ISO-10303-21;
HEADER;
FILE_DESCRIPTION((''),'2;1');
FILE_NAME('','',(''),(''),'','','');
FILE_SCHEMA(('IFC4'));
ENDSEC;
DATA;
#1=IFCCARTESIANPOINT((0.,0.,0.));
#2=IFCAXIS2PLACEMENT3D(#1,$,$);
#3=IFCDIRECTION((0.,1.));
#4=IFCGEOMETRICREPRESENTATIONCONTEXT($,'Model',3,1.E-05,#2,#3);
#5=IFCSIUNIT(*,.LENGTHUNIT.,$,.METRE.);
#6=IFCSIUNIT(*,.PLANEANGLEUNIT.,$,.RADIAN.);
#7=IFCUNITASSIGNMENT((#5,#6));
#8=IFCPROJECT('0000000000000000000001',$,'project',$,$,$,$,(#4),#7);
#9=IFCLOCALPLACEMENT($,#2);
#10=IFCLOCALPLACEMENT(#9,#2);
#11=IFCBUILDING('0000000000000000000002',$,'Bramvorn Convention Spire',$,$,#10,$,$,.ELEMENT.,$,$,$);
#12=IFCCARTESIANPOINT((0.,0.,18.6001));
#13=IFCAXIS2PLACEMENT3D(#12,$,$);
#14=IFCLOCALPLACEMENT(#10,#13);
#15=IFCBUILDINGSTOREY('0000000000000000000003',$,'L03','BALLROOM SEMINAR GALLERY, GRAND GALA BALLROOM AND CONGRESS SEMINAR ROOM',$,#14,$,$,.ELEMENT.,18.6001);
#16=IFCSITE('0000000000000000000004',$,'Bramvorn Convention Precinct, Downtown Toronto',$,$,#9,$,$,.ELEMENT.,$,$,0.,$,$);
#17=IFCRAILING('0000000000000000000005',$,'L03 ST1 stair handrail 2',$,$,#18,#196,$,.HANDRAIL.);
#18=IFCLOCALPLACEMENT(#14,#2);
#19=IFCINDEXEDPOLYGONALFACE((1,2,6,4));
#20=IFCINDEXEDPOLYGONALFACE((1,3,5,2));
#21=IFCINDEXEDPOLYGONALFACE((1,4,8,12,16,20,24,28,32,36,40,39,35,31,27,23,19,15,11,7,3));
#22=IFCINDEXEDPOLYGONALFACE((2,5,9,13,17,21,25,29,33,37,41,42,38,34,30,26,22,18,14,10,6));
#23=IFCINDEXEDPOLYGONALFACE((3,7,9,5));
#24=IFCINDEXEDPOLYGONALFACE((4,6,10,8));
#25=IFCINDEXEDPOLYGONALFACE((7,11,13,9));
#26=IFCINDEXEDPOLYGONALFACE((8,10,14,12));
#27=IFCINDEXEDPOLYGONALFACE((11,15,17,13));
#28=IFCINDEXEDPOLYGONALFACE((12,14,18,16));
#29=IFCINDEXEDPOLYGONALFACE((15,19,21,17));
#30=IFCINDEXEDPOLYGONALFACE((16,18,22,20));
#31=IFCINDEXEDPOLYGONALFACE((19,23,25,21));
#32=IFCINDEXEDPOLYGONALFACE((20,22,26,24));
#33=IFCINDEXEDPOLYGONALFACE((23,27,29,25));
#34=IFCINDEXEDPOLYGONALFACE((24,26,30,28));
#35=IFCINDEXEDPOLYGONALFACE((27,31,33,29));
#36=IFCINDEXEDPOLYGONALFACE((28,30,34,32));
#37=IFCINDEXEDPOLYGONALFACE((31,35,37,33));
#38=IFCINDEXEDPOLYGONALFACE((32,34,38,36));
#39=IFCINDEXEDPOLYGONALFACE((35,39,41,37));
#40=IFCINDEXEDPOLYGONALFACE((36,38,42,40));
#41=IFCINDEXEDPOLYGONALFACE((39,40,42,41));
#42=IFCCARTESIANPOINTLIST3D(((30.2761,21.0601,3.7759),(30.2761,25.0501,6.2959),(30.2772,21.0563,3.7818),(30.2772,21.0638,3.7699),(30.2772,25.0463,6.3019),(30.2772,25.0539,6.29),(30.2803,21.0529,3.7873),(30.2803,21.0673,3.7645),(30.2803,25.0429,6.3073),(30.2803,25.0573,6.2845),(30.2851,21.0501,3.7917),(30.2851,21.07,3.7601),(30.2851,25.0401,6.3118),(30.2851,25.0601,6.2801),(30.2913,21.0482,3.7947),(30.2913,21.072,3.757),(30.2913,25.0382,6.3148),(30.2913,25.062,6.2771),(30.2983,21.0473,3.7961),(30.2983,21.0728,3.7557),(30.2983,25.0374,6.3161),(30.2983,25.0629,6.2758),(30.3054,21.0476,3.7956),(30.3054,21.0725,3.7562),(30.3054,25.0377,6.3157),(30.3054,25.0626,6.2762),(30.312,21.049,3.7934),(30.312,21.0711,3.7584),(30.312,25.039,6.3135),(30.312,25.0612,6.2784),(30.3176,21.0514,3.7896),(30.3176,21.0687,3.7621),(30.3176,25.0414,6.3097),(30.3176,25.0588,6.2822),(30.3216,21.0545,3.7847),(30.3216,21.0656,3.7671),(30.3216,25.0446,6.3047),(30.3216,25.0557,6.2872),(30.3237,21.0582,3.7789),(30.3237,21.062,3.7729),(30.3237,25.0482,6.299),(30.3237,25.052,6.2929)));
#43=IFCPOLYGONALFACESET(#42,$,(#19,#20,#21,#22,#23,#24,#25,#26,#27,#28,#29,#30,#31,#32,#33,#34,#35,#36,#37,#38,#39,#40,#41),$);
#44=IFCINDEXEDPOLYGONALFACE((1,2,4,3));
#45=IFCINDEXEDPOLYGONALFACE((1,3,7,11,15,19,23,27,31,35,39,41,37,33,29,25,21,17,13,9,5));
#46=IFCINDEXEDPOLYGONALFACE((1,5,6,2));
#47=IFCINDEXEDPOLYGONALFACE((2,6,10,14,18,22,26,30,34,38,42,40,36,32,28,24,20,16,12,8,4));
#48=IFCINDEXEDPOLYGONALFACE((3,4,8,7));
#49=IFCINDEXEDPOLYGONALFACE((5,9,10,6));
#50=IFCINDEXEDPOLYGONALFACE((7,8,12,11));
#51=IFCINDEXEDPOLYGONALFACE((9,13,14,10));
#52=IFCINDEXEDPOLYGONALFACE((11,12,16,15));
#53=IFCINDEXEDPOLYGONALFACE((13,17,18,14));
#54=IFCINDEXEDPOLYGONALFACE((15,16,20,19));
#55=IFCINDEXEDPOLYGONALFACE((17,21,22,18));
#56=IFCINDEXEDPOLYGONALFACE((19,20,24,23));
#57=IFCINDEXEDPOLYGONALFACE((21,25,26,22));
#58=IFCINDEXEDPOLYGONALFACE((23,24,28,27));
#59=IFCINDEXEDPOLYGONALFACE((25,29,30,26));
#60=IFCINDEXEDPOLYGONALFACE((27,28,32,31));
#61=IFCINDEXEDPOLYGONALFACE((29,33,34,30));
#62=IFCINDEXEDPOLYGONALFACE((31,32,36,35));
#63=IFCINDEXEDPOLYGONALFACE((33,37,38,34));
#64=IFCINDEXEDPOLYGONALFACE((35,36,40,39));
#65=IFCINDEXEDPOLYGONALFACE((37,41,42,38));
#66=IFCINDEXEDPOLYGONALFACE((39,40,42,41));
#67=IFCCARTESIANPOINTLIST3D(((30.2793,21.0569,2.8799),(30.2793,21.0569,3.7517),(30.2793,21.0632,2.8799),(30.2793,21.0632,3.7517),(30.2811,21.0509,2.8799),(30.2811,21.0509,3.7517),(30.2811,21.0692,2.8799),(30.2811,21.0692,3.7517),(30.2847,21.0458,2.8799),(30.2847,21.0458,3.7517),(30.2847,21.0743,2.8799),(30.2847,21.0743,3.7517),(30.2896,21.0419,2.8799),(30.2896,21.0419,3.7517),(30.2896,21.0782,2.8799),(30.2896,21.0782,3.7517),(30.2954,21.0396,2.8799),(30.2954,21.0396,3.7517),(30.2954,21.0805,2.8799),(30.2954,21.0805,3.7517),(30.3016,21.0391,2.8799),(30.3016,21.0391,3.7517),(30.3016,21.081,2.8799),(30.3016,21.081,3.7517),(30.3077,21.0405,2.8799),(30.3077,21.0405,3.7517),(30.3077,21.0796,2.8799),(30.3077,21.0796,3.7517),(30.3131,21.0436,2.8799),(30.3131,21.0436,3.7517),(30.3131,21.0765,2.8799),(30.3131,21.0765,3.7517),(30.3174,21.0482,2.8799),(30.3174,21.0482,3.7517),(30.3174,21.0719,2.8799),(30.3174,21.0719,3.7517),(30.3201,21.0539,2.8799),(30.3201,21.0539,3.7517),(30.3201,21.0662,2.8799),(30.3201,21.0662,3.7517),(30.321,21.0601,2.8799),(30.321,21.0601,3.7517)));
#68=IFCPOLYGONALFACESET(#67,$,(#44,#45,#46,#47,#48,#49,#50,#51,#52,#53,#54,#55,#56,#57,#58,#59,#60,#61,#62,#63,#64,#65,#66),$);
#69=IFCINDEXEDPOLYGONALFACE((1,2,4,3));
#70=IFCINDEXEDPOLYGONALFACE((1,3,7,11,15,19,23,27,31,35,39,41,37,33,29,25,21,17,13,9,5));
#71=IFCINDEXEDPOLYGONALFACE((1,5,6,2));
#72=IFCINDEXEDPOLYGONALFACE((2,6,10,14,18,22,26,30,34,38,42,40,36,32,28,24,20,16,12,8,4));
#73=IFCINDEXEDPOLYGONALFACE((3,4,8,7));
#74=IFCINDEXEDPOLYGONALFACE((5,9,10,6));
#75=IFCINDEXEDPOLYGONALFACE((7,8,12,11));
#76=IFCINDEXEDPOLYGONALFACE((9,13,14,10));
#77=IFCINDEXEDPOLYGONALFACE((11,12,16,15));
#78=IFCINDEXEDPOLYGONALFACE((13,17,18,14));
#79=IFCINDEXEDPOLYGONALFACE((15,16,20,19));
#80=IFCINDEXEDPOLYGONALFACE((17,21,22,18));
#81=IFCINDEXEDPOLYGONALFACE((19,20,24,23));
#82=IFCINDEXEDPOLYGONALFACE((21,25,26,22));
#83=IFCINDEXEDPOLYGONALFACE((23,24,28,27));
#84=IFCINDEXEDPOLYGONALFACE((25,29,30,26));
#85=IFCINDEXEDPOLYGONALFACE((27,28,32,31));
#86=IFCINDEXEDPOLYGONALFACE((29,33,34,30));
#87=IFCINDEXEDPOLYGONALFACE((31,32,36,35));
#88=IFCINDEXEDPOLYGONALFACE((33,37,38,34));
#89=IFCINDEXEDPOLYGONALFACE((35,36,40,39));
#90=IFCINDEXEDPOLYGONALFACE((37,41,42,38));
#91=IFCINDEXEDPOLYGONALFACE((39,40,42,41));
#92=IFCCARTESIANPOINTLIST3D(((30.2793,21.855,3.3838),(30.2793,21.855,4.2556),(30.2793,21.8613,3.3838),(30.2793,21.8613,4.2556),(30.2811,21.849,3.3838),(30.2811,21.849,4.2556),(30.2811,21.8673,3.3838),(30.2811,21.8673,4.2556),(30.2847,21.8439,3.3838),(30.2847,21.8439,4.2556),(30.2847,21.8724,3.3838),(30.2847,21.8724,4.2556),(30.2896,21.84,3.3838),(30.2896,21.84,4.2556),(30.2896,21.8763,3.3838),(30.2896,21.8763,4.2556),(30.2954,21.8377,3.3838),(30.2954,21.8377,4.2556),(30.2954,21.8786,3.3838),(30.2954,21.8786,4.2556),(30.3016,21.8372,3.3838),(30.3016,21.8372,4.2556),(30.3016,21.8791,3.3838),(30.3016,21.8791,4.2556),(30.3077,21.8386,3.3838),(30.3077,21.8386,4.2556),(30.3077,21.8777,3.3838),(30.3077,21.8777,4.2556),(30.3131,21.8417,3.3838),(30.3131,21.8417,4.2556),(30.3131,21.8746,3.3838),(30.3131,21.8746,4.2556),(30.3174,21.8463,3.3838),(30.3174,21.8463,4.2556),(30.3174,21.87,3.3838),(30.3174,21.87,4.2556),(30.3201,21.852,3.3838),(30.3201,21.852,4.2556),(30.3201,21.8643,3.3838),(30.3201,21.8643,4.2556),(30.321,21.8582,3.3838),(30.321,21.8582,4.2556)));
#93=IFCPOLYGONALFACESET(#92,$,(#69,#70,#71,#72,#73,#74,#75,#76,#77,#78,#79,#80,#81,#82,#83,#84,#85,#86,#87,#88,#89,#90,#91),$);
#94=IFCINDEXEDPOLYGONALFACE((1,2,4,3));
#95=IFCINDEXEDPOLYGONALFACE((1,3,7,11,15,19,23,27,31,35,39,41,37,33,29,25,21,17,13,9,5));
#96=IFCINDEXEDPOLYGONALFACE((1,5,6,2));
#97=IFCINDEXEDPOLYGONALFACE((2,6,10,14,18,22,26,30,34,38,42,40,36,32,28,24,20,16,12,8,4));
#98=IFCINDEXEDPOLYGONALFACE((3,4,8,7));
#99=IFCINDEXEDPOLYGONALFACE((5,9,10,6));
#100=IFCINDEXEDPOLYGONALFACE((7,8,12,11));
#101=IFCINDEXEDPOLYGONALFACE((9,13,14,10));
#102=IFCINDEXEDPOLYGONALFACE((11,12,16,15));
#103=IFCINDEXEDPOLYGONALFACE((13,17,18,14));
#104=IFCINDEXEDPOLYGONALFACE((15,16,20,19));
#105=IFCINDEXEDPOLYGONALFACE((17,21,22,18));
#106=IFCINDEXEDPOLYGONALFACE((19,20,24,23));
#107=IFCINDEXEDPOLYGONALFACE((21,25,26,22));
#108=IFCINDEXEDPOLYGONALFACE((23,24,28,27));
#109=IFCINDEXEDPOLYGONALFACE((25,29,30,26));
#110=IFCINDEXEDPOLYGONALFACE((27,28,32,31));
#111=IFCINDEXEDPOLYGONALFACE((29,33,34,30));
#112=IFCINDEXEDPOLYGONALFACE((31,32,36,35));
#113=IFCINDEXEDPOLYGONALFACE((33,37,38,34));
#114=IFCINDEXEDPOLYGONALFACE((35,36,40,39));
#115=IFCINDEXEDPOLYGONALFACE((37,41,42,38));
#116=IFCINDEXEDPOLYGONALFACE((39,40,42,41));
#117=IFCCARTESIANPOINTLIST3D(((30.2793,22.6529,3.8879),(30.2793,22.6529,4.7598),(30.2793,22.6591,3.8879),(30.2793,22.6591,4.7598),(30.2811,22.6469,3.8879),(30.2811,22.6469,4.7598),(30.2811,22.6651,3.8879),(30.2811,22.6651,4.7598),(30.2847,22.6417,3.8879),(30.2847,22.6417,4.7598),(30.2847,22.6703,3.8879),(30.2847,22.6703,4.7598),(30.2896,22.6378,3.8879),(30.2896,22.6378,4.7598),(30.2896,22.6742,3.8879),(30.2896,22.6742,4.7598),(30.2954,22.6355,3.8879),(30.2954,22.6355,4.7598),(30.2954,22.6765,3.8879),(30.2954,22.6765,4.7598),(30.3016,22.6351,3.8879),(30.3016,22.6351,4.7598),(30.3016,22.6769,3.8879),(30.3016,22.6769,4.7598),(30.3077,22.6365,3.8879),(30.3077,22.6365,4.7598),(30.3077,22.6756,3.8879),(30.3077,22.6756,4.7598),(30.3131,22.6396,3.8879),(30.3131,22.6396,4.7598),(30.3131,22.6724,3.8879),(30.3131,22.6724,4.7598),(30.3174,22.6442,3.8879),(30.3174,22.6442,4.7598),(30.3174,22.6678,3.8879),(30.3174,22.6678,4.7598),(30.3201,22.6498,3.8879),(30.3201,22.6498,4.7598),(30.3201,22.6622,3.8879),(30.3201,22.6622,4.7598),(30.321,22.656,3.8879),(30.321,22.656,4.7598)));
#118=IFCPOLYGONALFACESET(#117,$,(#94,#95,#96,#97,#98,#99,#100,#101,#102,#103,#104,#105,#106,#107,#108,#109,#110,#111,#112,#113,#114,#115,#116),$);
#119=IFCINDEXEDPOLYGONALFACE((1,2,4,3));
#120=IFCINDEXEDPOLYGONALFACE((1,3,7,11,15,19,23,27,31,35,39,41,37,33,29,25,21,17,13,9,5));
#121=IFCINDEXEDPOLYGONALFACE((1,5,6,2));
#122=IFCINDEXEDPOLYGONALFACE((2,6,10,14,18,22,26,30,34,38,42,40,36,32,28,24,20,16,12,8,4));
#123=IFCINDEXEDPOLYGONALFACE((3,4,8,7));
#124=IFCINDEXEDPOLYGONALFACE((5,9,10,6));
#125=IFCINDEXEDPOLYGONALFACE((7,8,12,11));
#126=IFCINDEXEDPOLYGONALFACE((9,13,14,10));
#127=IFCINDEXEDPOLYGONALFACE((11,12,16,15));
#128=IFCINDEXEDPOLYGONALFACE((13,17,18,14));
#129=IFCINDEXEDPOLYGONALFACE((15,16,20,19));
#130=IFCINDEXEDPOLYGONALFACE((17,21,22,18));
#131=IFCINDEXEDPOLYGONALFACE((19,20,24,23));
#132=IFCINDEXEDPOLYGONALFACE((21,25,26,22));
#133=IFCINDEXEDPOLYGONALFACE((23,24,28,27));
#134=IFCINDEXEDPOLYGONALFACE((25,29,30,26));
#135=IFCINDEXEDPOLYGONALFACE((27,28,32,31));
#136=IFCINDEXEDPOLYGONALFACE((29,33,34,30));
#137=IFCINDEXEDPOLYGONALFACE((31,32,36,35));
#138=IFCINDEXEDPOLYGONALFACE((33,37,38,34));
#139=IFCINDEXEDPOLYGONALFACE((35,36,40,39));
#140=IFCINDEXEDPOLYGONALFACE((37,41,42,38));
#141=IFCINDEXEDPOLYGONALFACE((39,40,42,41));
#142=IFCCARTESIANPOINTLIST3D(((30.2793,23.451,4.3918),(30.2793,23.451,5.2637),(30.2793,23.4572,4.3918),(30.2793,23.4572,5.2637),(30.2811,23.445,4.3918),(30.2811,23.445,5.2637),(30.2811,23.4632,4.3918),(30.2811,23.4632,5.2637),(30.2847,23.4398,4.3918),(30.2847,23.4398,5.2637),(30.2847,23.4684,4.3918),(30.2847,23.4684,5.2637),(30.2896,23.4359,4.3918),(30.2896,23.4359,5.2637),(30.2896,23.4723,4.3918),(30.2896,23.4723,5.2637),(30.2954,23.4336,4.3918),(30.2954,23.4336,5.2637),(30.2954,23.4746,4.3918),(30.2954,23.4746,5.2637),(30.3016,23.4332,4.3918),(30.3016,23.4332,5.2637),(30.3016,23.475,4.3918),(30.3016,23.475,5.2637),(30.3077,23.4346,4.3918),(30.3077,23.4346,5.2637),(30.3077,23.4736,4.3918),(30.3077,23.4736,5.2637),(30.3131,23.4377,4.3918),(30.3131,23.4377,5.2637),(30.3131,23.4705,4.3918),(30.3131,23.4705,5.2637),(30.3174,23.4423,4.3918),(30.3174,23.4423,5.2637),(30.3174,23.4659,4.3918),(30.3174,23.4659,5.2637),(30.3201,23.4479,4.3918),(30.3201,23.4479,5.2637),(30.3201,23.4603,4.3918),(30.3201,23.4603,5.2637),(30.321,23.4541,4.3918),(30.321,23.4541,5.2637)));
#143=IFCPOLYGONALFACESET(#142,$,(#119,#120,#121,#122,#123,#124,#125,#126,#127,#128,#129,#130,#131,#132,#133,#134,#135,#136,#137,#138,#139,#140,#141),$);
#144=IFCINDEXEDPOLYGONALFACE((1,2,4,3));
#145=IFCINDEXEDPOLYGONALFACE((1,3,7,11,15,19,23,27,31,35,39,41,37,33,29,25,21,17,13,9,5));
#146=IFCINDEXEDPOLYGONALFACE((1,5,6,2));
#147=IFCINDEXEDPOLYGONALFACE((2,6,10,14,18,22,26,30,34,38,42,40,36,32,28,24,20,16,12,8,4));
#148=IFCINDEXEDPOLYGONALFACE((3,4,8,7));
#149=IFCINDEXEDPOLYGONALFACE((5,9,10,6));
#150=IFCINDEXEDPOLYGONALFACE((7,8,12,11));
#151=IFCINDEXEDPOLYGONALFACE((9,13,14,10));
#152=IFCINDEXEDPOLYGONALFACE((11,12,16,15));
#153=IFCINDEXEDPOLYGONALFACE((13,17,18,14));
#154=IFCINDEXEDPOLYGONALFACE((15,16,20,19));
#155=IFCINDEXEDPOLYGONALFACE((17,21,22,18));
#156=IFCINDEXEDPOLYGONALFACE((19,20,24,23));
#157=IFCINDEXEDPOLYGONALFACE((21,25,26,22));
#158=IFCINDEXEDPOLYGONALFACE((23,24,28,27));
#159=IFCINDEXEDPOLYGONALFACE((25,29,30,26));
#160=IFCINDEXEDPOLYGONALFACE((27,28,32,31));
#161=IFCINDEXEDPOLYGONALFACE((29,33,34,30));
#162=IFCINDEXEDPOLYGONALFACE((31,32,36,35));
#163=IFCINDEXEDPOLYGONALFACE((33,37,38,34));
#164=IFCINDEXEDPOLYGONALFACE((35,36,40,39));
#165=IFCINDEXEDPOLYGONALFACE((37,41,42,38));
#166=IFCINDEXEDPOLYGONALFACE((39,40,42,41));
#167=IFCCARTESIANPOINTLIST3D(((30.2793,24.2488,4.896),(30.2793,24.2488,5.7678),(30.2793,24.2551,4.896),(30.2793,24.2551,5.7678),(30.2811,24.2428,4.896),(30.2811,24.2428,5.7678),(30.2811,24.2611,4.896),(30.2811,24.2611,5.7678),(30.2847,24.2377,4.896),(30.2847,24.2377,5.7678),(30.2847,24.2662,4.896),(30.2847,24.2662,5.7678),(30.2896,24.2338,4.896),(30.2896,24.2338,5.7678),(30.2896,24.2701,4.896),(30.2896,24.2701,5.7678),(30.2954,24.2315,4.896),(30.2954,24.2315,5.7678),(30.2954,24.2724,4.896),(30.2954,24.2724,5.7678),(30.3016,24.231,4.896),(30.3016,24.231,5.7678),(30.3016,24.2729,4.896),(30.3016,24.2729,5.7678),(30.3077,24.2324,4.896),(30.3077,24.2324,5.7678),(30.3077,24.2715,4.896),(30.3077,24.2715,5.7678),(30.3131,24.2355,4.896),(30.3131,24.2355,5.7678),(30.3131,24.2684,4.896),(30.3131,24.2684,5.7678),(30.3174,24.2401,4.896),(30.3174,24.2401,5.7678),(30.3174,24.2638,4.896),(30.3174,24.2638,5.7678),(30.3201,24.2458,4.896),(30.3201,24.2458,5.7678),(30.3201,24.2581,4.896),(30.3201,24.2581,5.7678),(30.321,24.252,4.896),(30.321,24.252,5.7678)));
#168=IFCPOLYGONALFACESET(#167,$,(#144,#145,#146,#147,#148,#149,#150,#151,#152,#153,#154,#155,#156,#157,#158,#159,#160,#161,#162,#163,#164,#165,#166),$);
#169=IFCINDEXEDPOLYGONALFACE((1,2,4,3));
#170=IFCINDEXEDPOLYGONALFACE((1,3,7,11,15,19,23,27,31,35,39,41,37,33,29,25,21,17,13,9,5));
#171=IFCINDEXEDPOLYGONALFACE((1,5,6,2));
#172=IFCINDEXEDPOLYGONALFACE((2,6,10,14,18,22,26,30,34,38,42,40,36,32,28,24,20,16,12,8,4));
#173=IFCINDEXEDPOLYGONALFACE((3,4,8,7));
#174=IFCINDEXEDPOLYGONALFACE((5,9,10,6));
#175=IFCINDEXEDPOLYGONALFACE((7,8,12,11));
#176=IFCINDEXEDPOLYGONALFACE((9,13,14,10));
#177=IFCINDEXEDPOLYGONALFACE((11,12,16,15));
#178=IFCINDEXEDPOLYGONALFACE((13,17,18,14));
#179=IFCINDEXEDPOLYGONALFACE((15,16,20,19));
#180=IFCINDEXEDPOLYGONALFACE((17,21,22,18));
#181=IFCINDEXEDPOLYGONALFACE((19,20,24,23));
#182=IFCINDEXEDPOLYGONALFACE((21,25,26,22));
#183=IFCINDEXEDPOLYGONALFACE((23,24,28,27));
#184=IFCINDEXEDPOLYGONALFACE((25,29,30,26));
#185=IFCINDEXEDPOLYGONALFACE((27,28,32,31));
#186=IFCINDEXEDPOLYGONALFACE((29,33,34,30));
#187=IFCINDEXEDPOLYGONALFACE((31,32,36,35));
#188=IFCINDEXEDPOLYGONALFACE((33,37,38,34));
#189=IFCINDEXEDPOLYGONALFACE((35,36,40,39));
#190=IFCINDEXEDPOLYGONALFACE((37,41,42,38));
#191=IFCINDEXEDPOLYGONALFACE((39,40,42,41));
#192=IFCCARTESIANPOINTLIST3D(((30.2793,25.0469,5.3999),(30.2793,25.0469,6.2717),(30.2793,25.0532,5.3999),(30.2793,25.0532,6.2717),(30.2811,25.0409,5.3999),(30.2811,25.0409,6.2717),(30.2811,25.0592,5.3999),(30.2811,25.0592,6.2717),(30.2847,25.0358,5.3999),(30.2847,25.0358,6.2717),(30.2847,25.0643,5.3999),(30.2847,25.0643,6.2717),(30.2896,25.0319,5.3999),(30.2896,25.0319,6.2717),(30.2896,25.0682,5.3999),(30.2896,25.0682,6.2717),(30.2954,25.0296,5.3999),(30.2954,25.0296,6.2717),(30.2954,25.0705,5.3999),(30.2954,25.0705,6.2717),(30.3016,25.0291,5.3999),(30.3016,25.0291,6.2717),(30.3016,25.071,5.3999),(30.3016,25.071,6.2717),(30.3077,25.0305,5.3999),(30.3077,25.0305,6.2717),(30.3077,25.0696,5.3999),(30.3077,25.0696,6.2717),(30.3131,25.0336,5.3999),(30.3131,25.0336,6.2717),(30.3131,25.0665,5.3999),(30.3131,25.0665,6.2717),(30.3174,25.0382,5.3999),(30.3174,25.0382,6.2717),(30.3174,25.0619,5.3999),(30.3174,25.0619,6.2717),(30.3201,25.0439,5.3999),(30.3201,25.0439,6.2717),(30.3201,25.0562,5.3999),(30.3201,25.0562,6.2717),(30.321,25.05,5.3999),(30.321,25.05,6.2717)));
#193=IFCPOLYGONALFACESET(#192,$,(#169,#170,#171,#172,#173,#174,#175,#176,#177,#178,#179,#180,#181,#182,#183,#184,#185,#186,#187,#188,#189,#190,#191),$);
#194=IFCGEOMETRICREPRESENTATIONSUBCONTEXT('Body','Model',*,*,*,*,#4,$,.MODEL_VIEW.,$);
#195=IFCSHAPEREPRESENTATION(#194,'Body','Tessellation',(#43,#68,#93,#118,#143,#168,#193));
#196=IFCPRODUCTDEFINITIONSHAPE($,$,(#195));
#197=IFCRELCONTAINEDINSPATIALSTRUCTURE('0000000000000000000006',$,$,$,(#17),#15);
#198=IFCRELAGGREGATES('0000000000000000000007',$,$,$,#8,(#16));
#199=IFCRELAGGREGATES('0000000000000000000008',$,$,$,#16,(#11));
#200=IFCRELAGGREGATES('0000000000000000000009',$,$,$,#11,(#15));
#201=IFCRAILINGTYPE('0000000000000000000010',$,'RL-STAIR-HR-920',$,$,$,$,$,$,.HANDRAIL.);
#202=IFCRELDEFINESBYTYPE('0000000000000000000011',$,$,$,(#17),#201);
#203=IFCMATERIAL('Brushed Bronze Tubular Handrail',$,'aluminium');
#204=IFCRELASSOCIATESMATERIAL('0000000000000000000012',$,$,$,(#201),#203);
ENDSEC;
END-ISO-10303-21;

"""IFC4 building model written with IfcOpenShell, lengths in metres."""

from ifc_helpers import new_model, si_unit, direction, frame, origin, origin_2d, place, context, subcontext, project, spatial, circle, extrude, material, type_object, element, save


model = new_model("IFC4")

# Units and contexts
model_context = context("Model", 3, precision=1e-05, world=origin(), true_north=direction((0.0, 1.0)))
body_context = subcontext(model_context, "Body", "Model", "MODEL_VIEW")
ifc_project = project(units=[si_unit("LENGTHUNIT", "METRE"), si_unit("PLANEANGLEUNIT", "RADIAN")], contexts=[model_context])

# Site, building, storey
site_placement = place(None, origin())
site = spatial("IfcSite", under=ifc_project, at=site_placement, Name="Bramvorn Convention Precinct, Downtown Toronto", CompositionType="ELEMENT", RefElevation=0.0)
building_placement = place(site_placement, origin())
building = spatial("IfcBuilding", under=site, at=building_placement, Name="Bramvorn Convention Spire", CompositionType="ELEMENT")
storey_placement = place(building_placement, frame((0.0, 0.0, 18.6001)))
storey = spatial("IfcBuildingStorey", under=building, at=storey_placement, Name="L03", Description="BALLROOM SEMINAR GALLERY, GRAND GALA BALLROOM AND CONGRESS SEMINAR ROOM", CompositionType="ELEMENT", Elevation=18.6001)

# Railing
ifc_material_1 = material(Name="Brushed Bronze Tubular Handrail", Category="aluminium")
railing_type_1 = type_object("IfcRailingType", Name="RL-STAIR-HR-920", PredefinedType="HANDRAIL", material=ifc_material_1)
railing_1_placement = place(storey_placement, frame((30.3, 21.0601, 2.8799)))
element("IfcRailing", 1, at=railing_1_placement, inside=storey, type_object=railing_type_1, Name="L03 ST1 stair handrail 2", PredefinedType="HANDRAIL", context=body_context, shape_type="SweptSolid", body=[
    extrude(circle(Radius=0.0239, at=origin_2d()), frame((0.0, 0.0, 0.896), z_axis=(0.0, 0.845486, 0.533997), x_axis=(-1.0, 0.0, 0.0)), (0.0, 0.0, 1.0), 4.7192),
    extrude(circle(Radius=0.021, at=origin_2d()), origin(), (0.0, 0.0, 1.0), 0.8718),
    extrude(circle(Radius=0.021, at=origin_2d()), frame((0.0, 0.7981, 0.5039)), (0.0, 0.0, 1.0), 0.8718),
    extrude(circle(Radius=0.021, at=origin_2d()), frame((0.0, 1.5959, 1.0081)), (0.0, 0.0, 1.0), 0.8718),
    extrude(circle(Radius=0.021, at=origin_2d()), frame((0.0, 2.394, 1.512)), (0.0, 0.0, 1.0), 0.8718),
    extrude(circle(Radius=0.021, at=origin_2d()), frame((0.0, 3.1919, 2.0161)), (0.0, 0.0, 1.0), 0.8718),
    extrude(circle(Radius=0.021, at=origin_2d()), frame((0.0, 3.99, 2.52)), (0.0, 0.0, 1.0), 0.8718),
])

save(model, "model.ifc")
